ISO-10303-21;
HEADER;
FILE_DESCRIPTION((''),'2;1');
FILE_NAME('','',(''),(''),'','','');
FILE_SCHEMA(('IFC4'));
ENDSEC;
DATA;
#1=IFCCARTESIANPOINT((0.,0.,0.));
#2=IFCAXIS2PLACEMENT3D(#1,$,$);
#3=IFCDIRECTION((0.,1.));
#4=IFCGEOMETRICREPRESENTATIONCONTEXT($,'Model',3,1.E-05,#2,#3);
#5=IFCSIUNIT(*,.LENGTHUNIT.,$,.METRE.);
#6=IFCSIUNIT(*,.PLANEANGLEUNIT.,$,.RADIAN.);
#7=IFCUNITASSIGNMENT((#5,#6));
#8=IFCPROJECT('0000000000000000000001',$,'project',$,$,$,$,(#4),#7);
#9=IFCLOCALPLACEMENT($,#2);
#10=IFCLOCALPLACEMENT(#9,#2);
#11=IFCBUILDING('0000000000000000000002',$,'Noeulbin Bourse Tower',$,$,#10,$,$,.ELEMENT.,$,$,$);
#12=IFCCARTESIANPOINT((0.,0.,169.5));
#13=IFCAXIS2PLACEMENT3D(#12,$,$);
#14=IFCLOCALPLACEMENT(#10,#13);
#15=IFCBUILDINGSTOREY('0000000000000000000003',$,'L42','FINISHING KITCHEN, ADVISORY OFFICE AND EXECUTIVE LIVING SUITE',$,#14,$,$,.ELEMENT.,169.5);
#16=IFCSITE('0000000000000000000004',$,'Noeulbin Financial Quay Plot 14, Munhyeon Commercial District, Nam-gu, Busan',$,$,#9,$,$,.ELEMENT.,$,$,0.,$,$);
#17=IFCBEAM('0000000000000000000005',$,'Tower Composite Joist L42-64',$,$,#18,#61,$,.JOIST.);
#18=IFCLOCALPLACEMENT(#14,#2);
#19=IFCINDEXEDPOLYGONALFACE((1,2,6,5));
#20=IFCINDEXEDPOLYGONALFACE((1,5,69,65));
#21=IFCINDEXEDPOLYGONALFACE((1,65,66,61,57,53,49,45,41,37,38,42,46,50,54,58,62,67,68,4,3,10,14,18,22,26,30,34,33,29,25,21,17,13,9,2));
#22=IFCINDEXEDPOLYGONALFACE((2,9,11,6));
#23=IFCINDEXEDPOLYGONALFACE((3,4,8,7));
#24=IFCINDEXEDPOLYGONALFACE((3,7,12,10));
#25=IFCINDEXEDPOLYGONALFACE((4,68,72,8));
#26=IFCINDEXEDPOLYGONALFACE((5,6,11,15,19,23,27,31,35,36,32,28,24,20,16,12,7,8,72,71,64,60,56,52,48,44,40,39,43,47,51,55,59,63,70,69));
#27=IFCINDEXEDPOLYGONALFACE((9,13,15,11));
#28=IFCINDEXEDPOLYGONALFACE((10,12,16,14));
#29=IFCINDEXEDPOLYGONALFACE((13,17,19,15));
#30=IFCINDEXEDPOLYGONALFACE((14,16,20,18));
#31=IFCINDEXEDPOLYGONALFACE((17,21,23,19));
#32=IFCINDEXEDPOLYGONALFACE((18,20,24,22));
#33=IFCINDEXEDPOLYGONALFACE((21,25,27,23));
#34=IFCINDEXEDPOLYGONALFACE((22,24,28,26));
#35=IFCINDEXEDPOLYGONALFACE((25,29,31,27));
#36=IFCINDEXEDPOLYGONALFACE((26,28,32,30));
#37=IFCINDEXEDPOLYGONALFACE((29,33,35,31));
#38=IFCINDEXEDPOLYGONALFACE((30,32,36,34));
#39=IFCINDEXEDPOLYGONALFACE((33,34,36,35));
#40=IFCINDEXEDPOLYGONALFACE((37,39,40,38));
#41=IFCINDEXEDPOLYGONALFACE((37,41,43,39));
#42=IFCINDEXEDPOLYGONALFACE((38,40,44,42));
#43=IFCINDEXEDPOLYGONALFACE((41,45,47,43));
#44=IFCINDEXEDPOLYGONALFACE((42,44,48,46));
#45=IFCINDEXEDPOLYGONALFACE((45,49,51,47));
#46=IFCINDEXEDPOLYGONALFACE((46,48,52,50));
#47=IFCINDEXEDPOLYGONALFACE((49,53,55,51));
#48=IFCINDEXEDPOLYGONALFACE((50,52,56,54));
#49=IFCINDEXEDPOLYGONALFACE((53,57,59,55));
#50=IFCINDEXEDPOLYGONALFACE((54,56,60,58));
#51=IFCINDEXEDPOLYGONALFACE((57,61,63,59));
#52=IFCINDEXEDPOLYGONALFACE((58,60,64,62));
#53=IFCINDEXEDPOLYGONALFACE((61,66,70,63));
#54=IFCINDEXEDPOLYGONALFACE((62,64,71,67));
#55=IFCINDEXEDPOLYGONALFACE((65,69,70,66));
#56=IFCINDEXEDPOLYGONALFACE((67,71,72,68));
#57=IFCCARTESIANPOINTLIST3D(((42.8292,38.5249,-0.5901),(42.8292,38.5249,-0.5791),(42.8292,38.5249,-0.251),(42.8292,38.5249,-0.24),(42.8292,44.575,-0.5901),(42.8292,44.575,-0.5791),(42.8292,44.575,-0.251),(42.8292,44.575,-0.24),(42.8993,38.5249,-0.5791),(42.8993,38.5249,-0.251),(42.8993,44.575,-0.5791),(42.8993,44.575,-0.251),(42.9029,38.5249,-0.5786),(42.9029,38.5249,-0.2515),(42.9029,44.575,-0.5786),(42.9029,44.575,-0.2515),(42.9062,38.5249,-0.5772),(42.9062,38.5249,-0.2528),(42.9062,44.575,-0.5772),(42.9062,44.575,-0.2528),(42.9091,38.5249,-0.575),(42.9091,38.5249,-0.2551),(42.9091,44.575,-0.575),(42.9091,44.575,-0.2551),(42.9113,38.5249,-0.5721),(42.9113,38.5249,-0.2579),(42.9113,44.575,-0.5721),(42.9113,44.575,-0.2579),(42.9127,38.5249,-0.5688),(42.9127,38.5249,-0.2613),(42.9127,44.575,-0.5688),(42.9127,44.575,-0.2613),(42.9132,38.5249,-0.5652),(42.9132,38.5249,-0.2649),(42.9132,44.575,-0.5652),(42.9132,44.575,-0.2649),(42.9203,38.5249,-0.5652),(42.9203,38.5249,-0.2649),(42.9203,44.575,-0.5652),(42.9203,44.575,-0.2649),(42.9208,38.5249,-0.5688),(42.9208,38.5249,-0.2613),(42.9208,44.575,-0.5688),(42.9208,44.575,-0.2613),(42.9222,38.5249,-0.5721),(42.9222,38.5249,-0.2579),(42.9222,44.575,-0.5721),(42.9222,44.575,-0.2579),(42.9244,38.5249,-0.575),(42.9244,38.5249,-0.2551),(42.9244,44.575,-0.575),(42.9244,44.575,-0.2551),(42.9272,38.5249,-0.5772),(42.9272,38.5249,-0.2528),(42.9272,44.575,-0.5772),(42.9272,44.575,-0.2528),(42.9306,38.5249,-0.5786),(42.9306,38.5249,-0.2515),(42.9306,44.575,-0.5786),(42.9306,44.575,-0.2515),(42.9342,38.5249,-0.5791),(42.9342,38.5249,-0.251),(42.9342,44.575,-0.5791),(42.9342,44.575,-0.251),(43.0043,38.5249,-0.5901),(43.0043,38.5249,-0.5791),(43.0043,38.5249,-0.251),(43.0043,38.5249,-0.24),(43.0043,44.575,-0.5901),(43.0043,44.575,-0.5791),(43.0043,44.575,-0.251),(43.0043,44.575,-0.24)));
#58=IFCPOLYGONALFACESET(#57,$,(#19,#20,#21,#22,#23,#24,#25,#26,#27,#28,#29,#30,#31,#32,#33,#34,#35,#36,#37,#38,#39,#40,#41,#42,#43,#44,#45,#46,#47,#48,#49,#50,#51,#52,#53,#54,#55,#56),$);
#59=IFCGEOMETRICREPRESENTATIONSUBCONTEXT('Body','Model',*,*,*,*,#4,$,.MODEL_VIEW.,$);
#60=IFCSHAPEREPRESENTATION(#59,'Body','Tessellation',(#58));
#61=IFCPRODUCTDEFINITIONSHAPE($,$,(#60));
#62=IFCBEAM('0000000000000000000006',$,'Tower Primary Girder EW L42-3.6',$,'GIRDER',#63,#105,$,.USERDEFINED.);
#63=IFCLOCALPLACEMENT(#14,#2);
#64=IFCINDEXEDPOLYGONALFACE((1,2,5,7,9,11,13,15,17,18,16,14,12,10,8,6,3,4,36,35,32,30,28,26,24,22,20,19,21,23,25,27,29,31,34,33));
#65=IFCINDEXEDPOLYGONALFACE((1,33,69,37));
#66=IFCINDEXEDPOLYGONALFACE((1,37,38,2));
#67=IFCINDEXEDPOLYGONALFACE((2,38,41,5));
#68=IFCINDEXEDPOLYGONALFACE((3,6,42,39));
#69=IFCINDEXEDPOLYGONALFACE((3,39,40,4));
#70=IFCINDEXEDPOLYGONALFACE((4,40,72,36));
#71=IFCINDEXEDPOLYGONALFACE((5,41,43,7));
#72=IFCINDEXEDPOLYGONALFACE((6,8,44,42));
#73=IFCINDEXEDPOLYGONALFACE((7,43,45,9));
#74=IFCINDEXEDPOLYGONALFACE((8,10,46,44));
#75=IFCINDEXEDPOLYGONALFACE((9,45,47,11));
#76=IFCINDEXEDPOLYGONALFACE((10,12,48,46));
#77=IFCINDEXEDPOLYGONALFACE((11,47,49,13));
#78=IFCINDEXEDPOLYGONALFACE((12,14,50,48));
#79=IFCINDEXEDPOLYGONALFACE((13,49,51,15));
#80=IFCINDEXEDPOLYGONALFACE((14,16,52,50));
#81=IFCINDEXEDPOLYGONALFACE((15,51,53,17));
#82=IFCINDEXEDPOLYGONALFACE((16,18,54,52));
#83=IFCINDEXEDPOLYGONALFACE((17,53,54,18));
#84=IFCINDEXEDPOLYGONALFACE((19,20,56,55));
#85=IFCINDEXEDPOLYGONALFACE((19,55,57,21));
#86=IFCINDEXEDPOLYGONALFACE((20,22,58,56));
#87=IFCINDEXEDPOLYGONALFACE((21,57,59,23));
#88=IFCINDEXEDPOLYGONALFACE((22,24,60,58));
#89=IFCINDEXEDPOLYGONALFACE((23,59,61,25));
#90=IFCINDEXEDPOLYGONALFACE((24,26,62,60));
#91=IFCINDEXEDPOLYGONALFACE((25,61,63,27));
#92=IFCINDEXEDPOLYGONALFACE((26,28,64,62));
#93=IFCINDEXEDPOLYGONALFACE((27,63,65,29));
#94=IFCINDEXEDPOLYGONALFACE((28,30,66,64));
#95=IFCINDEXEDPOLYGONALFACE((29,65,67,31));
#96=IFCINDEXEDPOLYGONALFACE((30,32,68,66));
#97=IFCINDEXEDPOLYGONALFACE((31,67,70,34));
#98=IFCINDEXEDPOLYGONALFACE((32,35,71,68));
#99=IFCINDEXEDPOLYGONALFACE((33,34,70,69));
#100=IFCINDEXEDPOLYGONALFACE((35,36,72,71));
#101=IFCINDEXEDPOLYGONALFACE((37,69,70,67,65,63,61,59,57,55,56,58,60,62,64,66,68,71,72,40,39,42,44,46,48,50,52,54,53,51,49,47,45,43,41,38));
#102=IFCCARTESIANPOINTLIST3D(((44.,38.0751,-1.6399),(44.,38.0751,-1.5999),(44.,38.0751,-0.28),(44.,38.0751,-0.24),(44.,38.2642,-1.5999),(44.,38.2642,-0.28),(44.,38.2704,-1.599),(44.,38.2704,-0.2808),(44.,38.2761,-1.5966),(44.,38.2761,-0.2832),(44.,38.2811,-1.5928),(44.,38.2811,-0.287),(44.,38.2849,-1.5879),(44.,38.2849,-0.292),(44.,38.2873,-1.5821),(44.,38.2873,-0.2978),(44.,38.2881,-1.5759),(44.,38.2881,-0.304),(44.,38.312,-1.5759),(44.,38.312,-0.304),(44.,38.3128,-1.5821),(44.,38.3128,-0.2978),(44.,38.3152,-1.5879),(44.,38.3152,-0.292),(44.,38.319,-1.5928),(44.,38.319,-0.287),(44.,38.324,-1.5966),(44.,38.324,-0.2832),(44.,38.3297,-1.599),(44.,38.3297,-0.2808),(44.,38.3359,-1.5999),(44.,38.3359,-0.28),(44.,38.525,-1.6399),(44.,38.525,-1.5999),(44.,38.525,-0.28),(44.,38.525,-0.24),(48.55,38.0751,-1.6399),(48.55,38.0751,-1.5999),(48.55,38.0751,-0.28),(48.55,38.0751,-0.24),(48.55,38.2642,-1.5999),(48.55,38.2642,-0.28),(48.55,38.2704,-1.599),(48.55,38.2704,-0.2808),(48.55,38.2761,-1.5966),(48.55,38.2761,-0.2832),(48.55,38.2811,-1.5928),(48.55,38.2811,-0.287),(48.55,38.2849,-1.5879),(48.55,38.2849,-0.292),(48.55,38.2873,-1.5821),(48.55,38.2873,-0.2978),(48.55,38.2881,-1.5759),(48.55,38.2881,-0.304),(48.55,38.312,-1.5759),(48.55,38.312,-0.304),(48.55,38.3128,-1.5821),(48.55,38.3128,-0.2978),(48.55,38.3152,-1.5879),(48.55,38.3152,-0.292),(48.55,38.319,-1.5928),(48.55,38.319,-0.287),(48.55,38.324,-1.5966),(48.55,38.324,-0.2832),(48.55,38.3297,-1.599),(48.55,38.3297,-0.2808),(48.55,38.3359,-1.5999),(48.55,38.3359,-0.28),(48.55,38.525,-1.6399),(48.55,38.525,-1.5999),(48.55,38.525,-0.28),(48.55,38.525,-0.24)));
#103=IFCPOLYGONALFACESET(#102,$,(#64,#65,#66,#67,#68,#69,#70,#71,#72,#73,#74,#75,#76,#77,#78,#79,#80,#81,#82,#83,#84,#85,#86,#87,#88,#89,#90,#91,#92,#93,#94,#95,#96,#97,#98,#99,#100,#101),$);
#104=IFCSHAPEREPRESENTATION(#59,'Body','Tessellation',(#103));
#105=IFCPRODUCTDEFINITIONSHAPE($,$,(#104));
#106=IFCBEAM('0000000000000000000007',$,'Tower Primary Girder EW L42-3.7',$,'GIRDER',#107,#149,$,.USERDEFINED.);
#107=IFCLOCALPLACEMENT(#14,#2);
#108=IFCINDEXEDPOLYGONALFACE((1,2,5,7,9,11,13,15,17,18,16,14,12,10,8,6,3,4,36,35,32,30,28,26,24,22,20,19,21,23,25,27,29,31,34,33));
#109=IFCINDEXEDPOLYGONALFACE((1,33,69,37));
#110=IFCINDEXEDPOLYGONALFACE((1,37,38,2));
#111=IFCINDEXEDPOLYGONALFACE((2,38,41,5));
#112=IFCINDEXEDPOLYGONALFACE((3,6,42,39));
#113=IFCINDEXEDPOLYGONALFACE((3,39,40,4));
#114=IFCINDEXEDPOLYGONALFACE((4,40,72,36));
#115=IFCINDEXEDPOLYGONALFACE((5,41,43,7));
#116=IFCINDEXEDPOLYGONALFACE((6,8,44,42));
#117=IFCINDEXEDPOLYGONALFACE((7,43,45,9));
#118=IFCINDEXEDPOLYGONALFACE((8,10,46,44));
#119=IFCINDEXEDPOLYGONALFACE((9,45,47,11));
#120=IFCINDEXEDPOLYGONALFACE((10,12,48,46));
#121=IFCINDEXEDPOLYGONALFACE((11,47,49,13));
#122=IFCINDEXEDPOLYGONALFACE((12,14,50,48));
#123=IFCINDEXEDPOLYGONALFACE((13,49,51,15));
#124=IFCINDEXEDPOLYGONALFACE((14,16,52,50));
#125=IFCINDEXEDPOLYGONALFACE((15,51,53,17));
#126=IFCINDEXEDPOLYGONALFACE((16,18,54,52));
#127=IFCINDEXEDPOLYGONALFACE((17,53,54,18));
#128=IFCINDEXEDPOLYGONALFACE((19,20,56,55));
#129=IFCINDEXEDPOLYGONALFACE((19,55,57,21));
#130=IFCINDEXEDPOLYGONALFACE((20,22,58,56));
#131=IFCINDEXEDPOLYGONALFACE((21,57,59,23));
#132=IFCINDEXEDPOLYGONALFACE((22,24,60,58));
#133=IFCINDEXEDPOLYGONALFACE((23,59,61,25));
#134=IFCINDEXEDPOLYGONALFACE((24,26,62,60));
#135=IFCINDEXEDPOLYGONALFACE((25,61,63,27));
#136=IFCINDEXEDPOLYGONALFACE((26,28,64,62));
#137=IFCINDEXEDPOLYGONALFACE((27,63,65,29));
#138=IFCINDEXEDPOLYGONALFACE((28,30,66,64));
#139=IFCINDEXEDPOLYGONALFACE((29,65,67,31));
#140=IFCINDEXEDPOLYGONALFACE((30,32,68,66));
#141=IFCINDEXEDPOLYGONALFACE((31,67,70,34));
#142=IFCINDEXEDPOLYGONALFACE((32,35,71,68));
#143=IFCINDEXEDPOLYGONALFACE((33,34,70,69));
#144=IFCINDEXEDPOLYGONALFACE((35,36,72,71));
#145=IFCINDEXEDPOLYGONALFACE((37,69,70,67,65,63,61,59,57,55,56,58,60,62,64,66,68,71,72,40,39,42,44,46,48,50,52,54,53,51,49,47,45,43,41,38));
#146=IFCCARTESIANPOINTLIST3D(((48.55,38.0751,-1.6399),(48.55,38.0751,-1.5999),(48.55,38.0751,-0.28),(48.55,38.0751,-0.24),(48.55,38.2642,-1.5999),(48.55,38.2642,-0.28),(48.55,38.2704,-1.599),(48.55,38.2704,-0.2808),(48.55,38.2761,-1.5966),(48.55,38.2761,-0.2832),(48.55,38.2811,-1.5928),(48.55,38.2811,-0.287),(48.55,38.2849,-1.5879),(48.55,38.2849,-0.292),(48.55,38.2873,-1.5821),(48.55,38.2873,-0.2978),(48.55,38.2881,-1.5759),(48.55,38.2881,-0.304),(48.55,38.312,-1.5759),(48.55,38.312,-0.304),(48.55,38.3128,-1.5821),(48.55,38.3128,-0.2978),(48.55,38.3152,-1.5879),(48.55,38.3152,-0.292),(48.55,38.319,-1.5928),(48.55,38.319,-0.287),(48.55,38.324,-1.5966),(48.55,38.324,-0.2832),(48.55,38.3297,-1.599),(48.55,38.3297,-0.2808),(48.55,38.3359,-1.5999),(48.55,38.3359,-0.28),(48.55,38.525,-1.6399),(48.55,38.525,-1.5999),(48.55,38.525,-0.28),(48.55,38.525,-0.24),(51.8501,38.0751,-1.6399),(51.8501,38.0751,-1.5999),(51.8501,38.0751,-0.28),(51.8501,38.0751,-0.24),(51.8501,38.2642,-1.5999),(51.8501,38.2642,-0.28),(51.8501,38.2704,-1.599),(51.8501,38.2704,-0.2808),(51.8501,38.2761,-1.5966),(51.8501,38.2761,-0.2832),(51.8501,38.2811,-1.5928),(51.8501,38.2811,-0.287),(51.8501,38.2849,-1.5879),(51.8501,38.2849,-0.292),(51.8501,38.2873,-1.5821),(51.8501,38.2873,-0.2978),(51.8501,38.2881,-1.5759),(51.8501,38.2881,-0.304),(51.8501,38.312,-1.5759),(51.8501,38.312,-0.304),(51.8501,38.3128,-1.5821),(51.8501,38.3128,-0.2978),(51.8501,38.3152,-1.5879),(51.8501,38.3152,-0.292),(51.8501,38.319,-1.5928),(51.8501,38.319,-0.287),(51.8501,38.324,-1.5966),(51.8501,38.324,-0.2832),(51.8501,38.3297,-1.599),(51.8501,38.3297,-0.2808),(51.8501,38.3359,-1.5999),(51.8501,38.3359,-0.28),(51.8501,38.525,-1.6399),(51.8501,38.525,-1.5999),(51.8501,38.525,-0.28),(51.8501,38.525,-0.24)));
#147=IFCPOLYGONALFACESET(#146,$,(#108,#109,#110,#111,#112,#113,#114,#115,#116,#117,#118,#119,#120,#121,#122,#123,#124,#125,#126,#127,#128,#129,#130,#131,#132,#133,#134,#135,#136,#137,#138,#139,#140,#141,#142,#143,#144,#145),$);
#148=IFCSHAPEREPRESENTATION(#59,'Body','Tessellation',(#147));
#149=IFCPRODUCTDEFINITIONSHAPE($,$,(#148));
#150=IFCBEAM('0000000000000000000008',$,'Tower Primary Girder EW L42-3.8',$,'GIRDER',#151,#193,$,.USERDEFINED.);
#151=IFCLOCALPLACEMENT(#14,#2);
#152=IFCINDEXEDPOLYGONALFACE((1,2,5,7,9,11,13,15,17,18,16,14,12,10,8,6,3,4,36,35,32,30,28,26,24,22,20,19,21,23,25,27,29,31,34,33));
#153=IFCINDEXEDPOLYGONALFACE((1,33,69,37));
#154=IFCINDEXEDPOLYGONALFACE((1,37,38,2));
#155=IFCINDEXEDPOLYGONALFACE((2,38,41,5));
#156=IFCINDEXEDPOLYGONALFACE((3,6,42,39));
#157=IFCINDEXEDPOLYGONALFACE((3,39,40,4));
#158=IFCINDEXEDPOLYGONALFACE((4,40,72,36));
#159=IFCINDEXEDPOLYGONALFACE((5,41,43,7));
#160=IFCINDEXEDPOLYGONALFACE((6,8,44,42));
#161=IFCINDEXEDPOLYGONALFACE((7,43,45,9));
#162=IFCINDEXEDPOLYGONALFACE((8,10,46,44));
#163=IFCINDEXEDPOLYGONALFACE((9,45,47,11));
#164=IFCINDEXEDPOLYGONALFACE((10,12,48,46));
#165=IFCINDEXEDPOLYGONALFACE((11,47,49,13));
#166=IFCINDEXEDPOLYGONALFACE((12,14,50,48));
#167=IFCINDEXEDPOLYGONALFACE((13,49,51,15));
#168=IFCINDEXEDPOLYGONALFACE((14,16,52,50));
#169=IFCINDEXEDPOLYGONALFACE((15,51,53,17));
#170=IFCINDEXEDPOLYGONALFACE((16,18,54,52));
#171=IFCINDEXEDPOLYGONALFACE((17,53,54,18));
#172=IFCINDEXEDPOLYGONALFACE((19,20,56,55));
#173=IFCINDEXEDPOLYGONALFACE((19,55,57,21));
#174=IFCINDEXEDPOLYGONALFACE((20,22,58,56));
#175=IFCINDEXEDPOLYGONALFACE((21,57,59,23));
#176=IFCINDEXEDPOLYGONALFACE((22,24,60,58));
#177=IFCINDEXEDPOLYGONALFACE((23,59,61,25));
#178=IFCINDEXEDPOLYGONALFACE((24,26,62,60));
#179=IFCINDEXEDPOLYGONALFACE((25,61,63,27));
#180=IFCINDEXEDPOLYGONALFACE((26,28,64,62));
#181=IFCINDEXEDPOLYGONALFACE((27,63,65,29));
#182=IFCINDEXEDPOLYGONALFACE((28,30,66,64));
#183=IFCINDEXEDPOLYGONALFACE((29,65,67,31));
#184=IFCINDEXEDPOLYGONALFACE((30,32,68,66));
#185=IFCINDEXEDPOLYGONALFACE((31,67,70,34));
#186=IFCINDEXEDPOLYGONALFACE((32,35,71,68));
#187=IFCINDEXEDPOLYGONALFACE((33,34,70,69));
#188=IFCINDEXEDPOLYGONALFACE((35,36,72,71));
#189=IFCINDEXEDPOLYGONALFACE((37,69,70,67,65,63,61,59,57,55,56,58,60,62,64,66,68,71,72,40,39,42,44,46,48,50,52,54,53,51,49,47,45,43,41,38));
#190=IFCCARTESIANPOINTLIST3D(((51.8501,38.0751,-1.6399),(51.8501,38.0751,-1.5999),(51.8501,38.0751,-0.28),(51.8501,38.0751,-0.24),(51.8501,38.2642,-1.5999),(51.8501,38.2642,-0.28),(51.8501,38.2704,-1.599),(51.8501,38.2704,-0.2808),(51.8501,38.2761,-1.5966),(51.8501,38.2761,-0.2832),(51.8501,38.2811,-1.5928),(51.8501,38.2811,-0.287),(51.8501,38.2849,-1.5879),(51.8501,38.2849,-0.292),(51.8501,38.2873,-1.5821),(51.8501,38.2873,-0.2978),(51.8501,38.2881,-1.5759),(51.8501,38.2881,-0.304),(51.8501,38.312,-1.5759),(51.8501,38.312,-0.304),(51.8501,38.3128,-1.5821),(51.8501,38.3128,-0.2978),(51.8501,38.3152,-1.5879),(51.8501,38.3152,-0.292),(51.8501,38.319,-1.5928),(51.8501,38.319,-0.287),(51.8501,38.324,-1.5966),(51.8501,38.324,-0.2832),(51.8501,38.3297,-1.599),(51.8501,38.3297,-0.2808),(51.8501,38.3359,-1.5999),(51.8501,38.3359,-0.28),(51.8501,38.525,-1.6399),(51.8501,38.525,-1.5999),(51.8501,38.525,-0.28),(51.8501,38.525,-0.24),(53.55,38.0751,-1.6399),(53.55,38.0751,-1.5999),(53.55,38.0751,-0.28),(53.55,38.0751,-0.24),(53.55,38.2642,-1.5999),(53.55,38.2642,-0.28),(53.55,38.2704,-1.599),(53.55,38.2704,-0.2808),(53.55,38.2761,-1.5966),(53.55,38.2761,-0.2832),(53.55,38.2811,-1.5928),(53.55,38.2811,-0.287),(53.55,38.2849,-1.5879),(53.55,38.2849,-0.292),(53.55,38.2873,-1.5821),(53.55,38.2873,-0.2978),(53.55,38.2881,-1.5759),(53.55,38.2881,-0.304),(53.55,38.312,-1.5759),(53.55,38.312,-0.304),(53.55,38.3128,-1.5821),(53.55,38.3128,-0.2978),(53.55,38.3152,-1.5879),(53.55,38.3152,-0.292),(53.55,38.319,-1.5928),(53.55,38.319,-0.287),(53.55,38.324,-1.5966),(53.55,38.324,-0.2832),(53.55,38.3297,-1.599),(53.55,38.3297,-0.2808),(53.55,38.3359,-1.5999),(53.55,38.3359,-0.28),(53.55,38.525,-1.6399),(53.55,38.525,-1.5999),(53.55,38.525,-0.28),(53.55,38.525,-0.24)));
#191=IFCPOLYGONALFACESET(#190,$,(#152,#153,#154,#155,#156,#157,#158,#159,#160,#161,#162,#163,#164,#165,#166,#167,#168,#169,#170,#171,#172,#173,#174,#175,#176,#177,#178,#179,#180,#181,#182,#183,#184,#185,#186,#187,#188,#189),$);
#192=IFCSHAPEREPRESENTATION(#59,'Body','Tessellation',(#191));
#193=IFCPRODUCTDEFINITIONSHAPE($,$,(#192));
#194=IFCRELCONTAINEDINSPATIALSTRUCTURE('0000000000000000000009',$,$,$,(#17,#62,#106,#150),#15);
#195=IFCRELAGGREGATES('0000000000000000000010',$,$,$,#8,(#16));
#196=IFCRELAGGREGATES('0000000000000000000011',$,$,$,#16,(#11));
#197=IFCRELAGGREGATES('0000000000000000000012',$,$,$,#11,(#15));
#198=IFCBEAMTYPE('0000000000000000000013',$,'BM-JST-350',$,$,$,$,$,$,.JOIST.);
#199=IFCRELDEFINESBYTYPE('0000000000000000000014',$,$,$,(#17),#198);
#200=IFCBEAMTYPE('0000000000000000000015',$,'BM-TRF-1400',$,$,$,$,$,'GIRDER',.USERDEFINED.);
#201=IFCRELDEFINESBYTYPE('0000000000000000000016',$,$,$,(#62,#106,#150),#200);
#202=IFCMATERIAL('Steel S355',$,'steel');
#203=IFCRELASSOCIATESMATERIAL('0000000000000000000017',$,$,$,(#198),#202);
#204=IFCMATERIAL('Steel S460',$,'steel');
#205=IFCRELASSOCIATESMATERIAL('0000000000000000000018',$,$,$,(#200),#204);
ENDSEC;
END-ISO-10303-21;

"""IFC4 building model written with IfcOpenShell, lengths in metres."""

from ifc_helpers import new_model, si_unit, direction, frame, origin, origin_2d, place, context, subcontext, project, spatial, i_section, extrude, material, material_profile, profile_set, type_object, element, save


model = new_model("IFC4")

# Units and contexts
model_context = context("Model", 3, precision=1e-05, world=origin(), true_north=direction((0.0, 1.0)))
body_context = subcontext(model_context, "Body", "Model", "MODEL_VIEW")
ifc_project = project(units=[si_unit("LENGTHUNIT", "METRE"), si_unit("PLANEANGLEUNIT", "RADIAN")], contexts=[model_context])

# Site, building, storey
site_placement = place(None, origin())
site = spatial("IfcSite", under=ifc_project, at=site_placement, Name="Noeulbin Financial Quay Plot 14, Munhyeon Commercial District, Nam-gu, Busan", CompositionType="ELEMENT", RefElevation=0.0)
building_placement = place(site_placement, origin())
building = spatial("IfcBuilding", under=site, at=building_placement, Name="Noeulbin Bourse Tower", CompositionType="ELEMENT")
storey_placement = place(building_placement, frame((0.0, 0.0, 169.5)))
storey = spatial("IfcBuildingStorey", under=building, at=storey_placement, Name="L42", Description="FINISHING KITCHEN, ADVISORY OFFICE AND EXECUTIVE LIVING SUITE", CompositionType="ELEMENT", Elevation=169.5)

# Shared definitions
ifc_material_1 = material(Name="Steel S355", Category="steel")

# Beams
ifc_material_profile_1 = material_profile(ifc_material_1, i_section(OverallWidth=0.175, OverallDepth=0.3501, WebThickness=0.0071, FlangeThickness=0.011, FilletRadius=0.0139, at=origin_2d()), Name="H-350x175x7x11", Category="LoadBearing")
ifc_profile_set_1 = profile_set([ifc_material_profile_1], Name="Steel S355")
beam_type_1 = type_object("IfcBeamType", Name="BM-JST-350", PredefinedType="JOIST", material=ifc_profile_set_1)
for number, where, z_axis, x_axis, name in (
    (1, (42.9167, 38.5249, -0.415), (0.0, 1.0, 0.0), (-1.0, 0.0, 0.0), "Tower Composite Joist L42-64"),
):
    element("IfcBeam", number, at=place(storey_placement, frame(where, z_axis=z_axis, x_axis=x_axis)), inside=storey, type_object=beam_type_1, Name=name, PredefinedType="JOIST", context=body_context, shape_type="SweptSolid", body=[
        extrude(i_section(OverallWidth=0.175, OverallDepth=0.3501, WebThickness=0.0071, FlangeThickness=0.011, FilletRadius=0.0139, at=origin_2d()), origin(), (0.0, 0.0, 1.0), 6.05),
    ])
ifc_material_2 = material(Name="Steel S460", Category="steel")
ifc_material_profile_2 = material_profile(ifc_material_2, i_section(OverallWidth=0.45, OverallDepth=1.3999, WebThickness=0.0239, FlangeThickness=0.04, FilletRadius=0.0239, at=origin_2d()), Name="PG-1400x450x24x40", Category="LoadBearing")
ifc_profile_set_2 = profile_set([ifc_material_profile_2], Name="Steel S460")
beam_type_2 = type_object("IfcBeamType", Name="BM-TRF-1400", ElementType="GIRDER", PredefinedType="USERDEFINED", material=ifc_profile_set_2)
beam_1_placement = place(storey_placement, frame((44.0, 38.3, -0.9399), z_axis=(1.0, 0.0, 0.0), x_axis=(0.0, 1.0, 0.0)))
element("IfcBeam", 2, at=beam_1_placement, inside=storey, type_object=beam_type_2, Name="Tower Primary Girder EW L42-3.6", ObjectType="GIRDER", PredefinedType="USERDEFINED", context=body_context, shape_type="SweptSolid", body=[
    extrude(i_section(OverallWidth=0.45, OverallDepth=1.3999, WebThickness=0.0239, FlangeThickness=0.04, FilletRadius=0.0239, at=origin_2d()), origin(), (0.0, 0.0, 1.0), 4.55),
])
beam_2_placement = place(storey_placement, frame((48.55, 38.3, -0.9399), z_axis=(1.0, 0.0, 0.0), x_axis=(0.0, 1.0, 0.0)))
element("IfcBeam", 3, at=beam_2_placement, inside=storey, type_object=beam_type_2, Name="Tower Primary Girder EW L42-3.7", ObjectType="GIRDER", PredefinedType="USERDEFINED", context=body_context, shape_type="SweptSolid", body=[
    extrude(i_section(OverallWidth=0.45, OverallDepth=1.3999, WebThickness=0.0239, FlangeThickness=0.04, FilletRadius=0.0239, at=origin_2d()), origin(), (0.0, 0.0, 1.0), 3.3),
])
beam_3_placement = place(storey_placement, frame((51.8501, 38.3, -0.9399), z_axis=(1.0, 0.0, 0.0), x_axis=(0.0, 1.0, 0.0)))
element("IfcBeam", 4, at=beam_3_placement, inside=storey, type_object=beam_type_2, Name="Tower Primary Girder EW L42-3.8", ObjectType="GIRDER", PredefinedType="USERDEFINED", context=body_context, shape_type="SweptSolid", body=[
    extrude(i_section(OverallWidth=0.45, OverallDepth=1.3999, WebThickness=0.0239, FlangeThickness=0.04, FilletRadius=0.0239, at=origin_2d()), origin(), (0.0, 0.0, 1.0), 1.7),
])

save(model, "model.ifc")
